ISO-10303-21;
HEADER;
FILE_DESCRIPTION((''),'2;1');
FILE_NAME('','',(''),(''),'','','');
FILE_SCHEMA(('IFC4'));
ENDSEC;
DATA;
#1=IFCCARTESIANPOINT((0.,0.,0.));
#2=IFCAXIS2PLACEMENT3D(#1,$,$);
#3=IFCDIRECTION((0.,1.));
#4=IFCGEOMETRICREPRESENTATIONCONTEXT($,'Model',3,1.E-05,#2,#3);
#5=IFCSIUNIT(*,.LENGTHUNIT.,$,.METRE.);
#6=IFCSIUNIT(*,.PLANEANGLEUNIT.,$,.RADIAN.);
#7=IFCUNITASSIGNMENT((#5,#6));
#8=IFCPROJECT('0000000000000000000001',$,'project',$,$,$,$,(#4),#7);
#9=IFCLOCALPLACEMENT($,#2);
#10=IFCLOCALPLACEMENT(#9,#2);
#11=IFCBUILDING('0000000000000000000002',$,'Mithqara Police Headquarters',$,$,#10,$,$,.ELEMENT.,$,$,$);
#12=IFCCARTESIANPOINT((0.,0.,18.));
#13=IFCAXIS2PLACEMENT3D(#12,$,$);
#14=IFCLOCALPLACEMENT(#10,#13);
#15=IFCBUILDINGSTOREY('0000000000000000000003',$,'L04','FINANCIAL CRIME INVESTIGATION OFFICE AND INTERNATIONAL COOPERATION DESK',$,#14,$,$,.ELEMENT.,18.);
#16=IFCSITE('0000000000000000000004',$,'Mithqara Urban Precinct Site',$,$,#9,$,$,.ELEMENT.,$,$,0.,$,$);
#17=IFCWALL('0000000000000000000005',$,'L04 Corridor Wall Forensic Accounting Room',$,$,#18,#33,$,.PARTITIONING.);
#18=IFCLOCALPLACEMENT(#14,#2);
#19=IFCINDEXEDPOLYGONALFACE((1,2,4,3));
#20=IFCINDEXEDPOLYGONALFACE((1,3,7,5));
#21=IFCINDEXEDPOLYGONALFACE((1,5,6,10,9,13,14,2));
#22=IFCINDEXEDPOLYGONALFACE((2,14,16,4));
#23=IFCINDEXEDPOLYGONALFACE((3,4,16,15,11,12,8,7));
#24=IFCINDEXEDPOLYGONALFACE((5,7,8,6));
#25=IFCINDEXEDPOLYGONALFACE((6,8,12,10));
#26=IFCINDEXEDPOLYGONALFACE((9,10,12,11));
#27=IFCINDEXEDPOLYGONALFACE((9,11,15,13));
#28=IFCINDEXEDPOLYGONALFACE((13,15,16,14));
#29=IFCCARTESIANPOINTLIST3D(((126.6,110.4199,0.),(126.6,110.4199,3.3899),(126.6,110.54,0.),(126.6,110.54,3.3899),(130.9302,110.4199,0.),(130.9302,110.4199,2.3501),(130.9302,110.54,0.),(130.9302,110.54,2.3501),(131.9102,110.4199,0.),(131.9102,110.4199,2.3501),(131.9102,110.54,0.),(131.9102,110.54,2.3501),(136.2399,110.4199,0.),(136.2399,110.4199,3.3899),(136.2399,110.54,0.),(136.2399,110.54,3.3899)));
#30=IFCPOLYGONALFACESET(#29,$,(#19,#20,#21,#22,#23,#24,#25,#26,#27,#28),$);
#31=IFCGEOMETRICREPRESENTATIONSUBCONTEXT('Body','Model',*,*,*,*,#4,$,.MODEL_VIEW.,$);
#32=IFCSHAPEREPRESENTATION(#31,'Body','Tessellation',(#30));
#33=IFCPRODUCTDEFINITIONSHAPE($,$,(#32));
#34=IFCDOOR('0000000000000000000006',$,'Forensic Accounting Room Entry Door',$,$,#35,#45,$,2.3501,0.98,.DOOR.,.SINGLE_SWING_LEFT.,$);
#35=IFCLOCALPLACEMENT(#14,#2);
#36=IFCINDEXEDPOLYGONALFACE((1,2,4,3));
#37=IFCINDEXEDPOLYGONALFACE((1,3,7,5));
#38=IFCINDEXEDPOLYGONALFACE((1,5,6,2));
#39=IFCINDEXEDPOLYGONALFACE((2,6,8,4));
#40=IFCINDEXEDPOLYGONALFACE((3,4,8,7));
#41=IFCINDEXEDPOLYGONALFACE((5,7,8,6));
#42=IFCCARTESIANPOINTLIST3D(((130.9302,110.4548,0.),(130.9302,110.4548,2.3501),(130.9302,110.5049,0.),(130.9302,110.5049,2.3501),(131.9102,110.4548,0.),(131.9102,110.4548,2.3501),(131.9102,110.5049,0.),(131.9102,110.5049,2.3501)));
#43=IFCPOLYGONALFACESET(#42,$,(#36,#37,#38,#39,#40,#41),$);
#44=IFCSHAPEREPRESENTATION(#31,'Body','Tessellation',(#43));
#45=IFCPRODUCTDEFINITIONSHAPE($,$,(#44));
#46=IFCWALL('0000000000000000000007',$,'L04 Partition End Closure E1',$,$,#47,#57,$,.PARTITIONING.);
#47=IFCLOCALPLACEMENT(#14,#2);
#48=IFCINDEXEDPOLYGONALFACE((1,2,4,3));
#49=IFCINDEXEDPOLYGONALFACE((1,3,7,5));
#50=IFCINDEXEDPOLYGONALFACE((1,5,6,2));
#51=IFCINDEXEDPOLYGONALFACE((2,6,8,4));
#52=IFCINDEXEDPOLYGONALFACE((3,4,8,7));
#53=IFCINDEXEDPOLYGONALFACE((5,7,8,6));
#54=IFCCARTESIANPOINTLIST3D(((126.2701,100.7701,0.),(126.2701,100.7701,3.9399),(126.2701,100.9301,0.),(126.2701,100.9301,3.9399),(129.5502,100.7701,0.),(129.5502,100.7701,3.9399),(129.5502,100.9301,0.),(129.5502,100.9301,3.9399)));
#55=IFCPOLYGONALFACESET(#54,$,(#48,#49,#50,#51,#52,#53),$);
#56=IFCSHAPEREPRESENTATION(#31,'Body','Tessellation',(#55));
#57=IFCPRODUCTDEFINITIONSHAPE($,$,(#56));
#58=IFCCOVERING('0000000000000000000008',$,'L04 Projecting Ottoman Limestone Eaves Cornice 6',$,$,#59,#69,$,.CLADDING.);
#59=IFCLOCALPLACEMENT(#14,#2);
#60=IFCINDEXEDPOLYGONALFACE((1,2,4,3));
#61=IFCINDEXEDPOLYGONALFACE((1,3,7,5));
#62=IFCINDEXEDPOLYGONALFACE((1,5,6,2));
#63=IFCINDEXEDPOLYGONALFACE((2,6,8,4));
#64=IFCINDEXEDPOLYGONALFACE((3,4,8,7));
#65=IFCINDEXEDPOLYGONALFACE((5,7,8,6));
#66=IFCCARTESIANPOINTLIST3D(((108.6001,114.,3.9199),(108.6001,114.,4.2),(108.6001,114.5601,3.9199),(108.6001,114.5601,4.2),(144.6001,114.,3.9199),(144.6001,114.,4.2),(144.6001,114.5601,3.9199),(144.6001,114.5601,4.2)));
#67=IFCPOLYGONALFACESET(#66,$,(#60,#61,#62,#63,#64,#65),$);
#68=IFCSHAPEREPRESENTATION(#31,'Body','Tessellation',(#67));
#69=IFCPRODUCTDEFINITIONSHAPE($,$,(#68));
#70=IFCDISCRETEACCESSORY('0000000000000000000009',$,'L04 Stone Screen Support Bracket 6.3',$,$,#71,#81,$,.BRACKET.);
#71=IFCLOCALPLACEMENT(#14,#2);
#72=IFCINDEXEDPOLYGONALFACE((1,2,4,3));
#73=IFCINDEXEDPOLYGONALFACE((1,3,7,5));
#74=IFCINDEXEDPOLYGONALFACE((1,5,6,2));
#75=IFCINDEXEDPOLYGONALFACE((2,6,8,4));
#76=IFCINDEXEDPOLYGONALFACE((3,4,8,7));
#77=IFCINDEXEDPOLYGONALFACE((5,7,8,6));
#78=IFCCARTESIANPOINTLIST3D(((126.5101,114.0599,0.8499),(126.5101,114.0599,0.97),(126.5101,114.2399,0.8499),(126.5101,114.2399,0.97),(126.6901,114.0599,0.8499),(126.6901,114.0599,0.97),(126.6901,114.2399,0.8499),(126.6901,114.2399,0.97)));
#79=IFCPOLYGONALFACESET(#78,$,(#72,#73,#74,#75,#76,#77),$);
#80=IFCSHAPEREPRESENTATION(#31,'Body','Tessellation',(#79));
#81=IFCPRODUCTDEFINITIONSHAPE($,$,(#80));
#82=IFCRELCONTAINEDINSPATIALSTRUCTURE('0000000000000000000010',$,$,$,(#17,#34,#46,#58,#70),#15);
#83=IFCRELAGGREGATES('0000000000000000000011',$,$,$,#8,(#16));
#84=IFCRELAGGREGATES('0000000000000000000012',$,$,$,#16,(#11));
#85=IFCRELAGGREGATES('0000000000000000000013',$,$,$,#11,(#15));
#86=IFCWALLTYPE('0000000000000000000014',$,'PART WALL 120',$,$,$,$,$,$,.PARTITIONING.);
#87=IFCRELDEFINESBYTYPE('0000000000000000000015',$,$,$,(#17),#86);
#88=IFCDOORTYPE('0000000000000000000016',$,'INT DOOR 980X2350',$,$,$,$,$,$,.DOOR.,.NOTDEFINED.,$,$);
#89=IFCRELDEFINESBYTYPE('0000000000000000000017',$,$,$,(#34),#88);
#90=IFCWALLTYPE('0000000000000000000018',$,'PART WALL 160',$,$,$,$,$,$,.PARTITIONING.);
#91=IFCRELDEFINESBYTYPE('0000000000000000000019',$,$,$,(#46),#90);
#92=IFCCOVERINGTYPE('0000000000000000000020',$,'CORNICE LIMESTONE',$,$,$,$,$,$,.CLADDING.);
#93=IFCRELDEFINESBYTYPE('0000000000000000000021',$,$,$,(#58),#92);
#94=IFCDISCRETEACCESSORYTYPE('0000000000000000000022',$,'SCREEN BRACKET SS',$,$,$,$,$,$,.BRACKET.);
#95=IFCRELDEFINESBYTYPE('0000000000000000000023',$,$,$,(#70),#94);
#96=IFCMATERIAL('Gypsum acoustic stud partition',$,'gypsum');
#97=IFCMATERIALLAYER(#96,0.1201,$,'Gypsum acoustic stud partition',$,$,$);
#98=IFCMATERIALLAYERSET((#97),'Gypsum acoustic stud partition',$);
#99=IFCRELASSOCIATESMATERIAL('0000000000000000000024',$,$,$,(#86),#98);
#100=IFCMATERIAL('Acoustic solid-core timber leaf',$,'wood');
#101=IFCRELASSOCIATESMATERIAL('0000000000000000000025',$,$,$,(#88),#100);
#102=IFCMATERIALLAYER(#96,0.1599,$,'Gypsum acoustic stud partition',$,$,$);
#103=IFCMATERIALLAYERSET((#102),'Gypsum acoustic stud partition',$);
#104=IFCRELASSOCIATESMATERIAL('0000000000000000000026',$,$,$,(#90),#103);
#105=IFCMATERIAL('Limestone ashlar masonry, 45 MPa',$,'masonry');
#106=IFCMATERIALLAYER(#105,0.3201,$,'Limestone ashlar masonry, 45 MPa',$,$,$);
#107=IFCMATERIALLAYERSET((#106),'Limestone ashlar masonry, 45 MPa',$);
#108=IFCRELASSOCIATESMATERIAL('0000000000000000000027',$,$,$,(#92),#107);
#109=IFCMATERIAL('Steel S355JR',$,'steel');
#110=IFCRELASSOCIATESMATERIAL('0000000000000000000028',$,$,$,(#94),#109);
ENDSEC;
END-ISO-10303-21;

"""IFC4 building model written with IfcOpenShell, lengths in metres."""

from ifc_helpers import new_model, si_unit, direction, frame, frame_2d, origin, origin_2d, place, context, subcontext, project, spatial, rectangle, extrude, material, layer, layer_set, type_object, element, fill, save


model = new_model("IFC4")

# Units and contexts
model_context = context("Model", 3, precision=1e-05, world=origin(), true_north=direction((0.0, 1.0)))
body_context = subcontext(model_context, "Body", "Model", "MODEL_VIEW")
ifc_project = project(units=[si_unit("LENGTHUNIT", "METRE"), si_unit("PLANEANGLEUNIT", "RADIAN")], contexts=[model_context])

# Site, building, storey
site_placement = place(None, origin())
site = spatial("IfcSite", under=ifc_project, at=site_placement, Name="Mithqara Urban Precinct Site", CompositionType="ELEMENT", RefElevation=0.0)
building_placement = place(site_placement, origin())
building = spatial("IfcBuilding", under=site, at=building_placement, Name="Mithqara Police Headquarters", CompositionType="ELEMENT")
storey_placement = place(building_placement, frame((0.0, 0.0, 18.0)))
storey = spatial("IfcBuildingStorey", under=building, at=storey_placement, Name="L04", Description="FINANCIAL CRIME INVESTIGATION OFFICE AND INTERNATIONAL COOPERATION DESK", CompositionType="ELEMENT", Elevation=18.0)

# Shared definitions
ifc_material_1 = material(Name="Steel S355JR", Category="steel")

# Shared definitions
ifc_material_2 = material(Name="Limestone ashlar masonry, 45 MPa", Category="masonry")

# Shared definitions
ifc_material_3 = material(Name="Gypsum acoustic stud partition", Category="gypsum")
ifc_layer_1 = layer(ifc_material_3, 0.1201, Name="Gypsum acoustic stud partition")
ifc_layer_set_1 = layer_set([ifc_layer_1], Name="Gypsum acoustic stud partition")
wall_type_1 = type_object("IfcWallType", Name="PART WALL 120", PredefinedType="PARTITIONING", material=ifc_layer_set_1)

# Wall, opening, door
ifc_material_4 = material(Name="Acoustic solid-core timber leaf", Category="wood")
wall_1_placement = place(storey_placement, frame((126.6001, 110.48, 0.0), z_axis=(0.0, 0.0, 1.0), x_axis=(1.0, 0.0, 0.0)))
wall_1 = element("IfcWall", 1, at=wall_1_placement, inside=storey, type_object=wall_type_1, Name="L04 Corridor Wall Forensic Accounting Room", PredefinedType="PARTITIONING", context=body_context, shape_type="SweptSolid", body=[
    extrude(rectangle(XDim=9.6399, YDim=0.1201, at=frame_2d((4.8198, 0.0))), origin(), (0.0, 0.0, 1.0), 3.3899),
])
opening_1_placement = place(wall_1_placement, frame((4.3301, 0.0, 0.0)))
opening_1 = element("IfcOpeningElement", 2, at=opening_1_placement, cuts=wall_1, PredefinedType="OPENING", context=body_context, shape_type="SweptSolid", body=[
    extrude(rectangle(XDim=0.98, YDim=2.3501, at=frame_2d((0.49, 1.175))), frame((0.0, 0.0701, 0.0), z_axis=(0.0, -1.0, 0.0), x_axis=(1.0, 0.0, 0.0)), (0.0, 0.0, 1.0), 0.1401),
])
door_type_1 = type_object("IfcDoorType", Name="INT DOOR 980X2350", OperationType="NOTDEFINED", PredefinedType="DOOR", material=ifc_material_4)
door_1_placement = place(opening_1_placement, origin())
door_1 = element("IfcDoor", 3, at=door_1_placement, inside=storey, type_object=door_type_1, Name="Forensic Accounting Room Entry Door", OperationType="SINGLE_SWING_LEFT", OverallHeight=2.3501, OverallWidth=0.98, PredefinedType="DOOR", context=body_context, shape_type="SweptSolid", body=[
    extrude(rectangle(XDim=0.98, YDim=2.3501, at=frame_2d((0.49, 1.175))), frame((0.0, 0.0249, 0.0), z_axis=(0.0, -1.0, 0.0), x_axis=(1.0, 0.0, 0.0)), (0.0, 0.0, 1.0), 0.05),
])
fill(opening_1, door_1)

# Wall
ifc_layer_2 = layer(ifc_material_3, 0.1599, Name="Gypsum acoustic stud partition")
ifc_layer_set_2 = layer_set([ifc_layer_2], Name="Gypsum acoustic stud partition")
wall_type_2 = type_object("IfcWallType", Name="PART WALL 160", PredefinedType="PARTITIONING", material=ifc_layer_set_2)
wall_2_placement = place(storey_placement, frame((126.27, 100.8501, 0.0), z_axis=(0.0, 0.0, 1.0), x_axis=(1.0, 0.0, 0.0)))
element("IfcWall", 4, at=wall_2_placement, inside=storey, type_object=wall_type_2, Name="L04 Partition End Closure E1", PredefinedType="PARTITIONING", context=body_context, shape_type="SweptSolid", body=[
    extrude(rectangle(XDim=3.28, YDim=0.1599, at=frame_2d((1.6401, 0.0))), origin(), (0.0, 0.0, 1.0), 3.9399),
])

# Covering
ifc_layer_3 = layer(ifc_material_2, 0.3201, Name="Limestone ashlar masonry, 45 MPa")
ifc_layer_set_3 = layer_set([ifc_layer_3], Name="Limestone ashlar masonry, 45 MPa")
covering_type = type_object("IfcCoveringType", Name="CORNICE LIMESTONE", PredefinedType="CLADDING", material=ifc_layer_set_3)
covering_placement = place(storey_placement, frame((126.6001, 114.28, 3.9199), z_axis=(0.0, 0.0, 1.0), x_axis=(1.0, 0.0, 0.0)))
element("IfcCovering", 5, at=covering_placement, inside=storey, type_object=covering_type, Name="L04 Projecting Ottoman Limestone Eaves Cornice 6", PredefinedType="CLADDING", context=body_context, shape_type="SweptSolid", body=[
    extrude(rectangle(XDim=36.0, YDim=0.5601, at=origin_2d()), origin(), (0.0, 0.0, 1.0), 0.28),
])

# Discrete accessory
discrete_accessory_type = type_object("IfcDiscreteAccessoryType", Name="SCREEN BRACKET SS", PredefinedType="BRACKET", material=ifc_material_1)
discrete_accessory_placement = place(storey_placement, frame((126.6001, 114.1499, 0.8499), z_axis=(0.0, 0.0, 1.0), x_axis=(1.0, 0.0, 0.0)))
element("IfcDiscreteAccessory", 6, at=discrete_accessory_placement, inside=storey, type_object=discrete_accessory_type, Name="L04 Stone Screen Support Bracket 6.3", PredefinedType="BRACKET", context=body_context, shape_type="SweptSolid", body=[
    extrude(rectangle(XDim=0.1799, YDim=0.1799, at=origin_2d()), origin(), (0.0, 0.0, 1.0), 0.1201),
])

save(model, "model.ifc")
